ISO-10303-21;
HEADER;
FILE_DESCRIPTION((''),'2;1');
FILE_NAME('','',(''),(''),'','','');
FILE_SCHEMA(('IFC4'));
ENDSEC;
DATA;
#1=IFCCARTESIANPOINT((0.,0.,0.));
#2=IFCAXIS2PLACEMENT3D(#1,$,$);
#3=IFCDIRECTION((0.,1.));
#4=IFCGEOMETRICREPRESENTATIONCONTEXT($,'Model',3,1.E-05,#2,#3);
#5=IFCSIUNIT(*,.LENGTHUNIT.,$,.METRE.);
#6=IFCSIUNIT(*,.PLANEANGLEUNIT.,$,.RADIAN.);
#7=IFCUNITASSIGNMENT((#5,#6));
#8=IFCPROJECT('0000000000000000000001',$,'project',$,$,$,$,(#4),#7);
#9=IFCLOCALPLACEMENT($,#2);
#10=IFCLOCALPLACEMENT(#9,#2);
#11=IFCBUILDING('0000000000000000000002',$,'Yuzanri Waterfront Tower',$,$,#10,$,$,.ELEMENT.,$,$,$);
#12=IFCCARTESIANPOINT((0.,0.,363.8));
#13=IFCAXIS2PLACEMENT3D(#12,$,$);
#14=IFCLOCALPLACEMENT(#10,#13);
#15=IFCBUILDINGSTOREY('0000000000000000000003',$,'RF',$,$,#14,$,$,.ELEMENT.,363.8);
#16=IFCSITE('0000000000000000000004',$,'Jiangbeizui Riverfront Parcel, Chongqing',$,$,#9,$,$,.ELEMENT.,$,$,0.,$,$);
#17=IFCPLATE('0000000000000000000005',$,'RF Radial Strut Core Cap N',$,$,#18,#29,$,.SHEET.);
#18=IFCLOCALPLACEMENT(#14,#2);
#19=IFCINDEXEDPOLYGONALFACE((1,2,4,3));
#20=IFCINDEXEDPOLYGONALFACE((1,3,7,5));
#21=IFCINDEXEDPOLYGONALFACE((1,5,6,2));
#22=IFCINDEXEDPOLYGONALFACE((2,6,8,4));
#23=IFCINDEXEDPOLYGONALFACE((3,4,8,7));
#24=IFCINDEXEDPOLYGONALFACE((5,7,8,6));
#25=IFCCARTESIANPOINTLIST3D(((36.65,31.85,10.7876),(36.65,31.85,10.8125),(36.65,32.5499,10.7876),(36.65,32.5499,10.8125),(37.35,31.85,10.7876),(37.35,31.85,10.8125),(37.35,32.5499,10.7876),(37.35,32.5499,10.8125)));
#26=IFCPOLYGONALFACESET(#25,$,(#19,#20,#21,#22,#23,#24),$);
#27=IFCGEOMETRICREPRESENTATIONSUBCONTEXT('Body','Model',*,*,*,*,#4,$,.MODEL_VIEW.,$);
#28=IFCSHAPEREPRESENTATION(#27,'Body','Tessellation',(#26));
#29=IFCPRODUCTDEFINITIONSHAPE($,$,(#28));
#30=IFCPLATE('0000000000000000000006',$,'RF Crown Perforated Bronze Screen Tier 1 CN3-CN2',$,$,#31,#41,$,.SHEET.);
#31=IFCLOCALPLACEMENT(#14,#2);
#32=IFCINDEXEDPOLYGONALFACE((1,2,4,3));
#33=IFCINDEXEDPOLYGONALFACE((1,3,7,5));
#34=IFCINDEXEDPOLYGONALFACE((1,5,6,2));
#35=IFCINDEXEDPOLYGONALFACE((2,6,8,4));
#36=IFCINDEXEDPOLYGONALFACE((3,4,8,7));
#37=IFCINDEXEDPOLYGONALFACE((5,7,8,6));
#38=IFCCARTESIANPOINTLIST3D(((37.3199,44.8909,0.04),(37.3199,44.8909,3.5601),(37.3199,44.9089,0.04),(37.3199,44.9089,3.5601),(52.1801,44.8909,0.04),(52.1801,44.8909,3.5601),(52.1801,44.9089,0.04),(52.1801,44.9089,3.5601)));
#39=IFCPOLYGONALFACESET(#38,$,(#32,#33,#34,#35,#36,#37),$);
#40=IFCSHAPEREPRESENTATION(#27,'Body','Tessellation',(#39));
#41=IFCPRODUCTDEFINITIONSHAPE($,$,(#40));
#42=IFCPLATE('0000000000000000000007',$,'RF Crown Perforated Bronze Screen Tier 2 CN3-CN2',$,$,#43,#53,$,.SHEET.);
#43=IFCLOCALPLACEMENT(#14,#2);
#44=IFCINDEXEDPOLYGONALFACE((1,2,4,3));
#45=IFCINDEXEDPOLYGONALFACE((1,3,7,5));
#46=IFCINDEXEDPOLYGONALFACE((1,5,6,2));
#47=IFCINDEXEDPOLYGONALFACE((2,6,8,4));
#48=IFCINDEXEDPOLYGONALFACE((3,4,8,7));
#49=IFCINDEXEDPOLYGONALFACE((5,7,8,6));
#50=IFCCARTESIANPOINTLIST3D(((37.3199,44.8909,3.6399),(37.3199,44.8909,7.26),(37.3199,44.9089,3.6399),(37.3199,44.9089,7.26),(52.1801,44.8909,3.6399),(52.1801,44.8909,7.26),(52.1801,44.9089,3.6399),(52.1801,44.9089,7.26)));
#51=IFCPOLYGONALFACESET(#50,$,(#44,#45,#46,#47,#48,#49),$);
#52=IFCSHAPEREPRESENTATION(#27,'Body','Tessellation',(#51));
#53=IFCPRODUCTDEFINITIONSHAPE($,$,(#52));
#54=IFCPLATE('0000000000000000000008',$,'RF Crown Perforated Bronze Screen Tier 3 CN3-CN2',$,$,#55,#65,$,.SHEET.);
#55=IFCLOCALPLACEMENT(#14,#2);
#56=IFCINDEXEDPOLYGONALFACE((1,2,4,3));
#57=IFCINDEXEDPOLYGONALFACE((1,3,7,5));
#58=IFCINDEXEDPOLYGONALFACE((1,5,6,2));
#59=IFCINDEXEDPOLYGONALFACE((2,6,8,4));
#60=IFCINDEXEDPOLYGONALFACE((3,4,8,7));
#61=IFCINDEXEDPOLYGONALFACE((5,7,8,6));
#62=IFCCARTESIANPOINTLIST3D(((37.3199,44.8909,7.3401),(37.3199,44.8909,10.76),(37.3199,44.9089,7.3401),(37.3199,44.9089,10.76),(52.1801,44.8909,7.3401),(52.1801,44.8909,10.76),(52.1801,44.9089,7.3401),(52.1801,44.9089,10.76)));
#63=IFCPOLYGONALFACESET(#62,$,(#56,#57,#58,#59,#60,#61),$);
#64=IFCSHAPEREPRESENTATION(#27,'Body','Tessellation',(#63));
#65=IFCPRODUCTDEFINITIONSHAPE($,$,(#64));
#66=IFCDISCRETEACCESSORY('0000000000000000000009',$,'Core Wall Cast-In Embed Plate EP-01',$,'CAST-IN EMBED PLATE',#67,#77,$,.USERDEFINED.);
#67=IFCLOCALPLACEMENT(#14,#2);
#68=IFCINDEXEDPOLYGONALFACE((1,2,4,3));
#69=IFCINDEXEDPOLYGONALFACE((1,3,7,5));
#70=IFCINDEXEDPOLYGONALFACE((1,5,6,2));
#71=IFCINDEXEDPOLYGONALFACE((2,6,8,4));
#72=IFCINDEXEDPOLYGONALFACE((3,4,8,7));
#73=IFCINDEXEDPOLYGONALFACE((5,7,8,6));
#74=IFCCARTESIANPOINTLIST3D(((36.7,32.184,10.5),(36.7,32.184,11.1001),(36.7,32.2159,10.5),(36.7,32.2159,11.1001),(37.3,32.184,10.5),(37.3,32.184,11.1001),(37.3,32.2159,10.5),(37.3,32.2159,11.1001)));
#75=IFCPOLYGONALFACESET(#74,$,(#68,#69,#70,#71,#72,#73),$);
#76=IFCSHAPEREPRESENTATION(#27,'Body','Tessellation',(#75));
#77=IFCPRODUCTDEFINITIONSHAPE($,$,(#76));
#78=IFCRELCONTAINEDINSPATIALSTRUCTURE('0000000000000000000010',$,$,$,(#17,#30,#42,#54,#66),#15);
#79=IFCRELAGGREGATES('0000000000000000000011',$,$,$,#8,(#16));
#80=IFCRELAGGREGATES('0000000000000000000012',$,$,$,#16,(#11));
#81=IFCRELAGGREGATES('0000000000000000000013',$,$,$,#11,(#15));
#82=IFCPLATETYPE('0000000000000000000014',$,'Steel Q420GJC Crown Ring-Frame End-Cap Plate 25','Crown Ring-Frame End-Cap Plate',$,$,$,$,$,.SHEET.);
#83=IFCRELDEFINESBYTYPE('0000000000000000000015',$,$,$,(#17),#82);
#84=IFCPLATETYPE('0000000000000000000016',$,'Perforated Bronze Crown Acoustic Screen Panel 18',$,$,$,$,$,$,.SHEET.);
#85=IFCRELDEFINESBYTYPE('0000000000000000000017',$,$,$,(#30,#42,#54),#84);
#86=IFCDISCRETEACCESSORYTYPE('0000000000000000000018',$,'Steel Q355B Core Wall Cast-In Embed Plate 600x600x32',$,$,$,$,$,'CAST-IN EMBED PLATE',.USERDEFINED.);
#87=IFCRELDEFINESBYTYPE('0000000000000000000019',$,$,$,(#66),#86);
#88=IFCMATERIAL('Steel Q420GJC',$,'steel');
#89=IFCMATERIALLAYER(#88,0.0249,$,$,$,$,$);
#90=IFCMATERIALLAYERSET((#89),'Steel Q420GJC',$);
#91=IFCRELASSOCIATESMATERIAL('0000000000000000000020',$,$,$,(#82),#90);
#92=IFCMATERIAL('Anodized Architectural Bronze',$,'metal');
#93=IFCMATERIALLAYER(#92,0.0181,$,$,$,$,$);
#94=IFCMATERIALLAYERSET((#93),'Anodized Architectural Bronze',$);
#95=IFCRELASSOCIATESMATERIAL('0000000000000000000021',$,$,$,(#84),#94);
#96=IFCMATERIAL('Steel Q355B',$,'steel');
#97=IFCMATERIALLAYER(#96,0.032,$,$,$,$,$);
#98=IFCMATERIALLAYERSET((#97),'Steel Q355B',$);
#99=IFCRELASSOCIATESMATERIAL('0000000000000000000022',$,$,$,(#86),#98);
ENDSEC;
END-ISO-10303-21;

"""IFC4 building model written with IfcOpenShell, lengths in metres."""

from ifc_helpers import new_model, si_unit, direction, frame, origin, origin_2d, place, context, subcontext, project, spatial, rectangle, extrude, source, transform, mapped, material, layer, layer_set, type_object, element, save


model = new_model("IFC4")

# Units and contexts
model_context = context("Model", 3, precision=1e-05, world=origin(), true_north=direction((0.0, 1.0)))
body_context = subcontext(model_context, "Body", "Model", "MODEL_VIEW")
ifc_project = project(units=[si_unit("LENGTHUNIT", "METRE"), si_unit("PLANEANGLEUNIT", "RADIAN")], contexts=[model_context])

# Site, building, storey
site_placement = place(None, origin())
site = spatial("IfcSite", under=ifc_project, at=site_placement, Name="Jiangbeizui Riverfront Parcel, Chongqing", CompositionType="ELEMENT", RefElevation=0.0)
building_placement = place(site_placement, origin())
building = spatial("IfcBuilding", under=site, at=building_placement, Name="Yuzanri Waterfront Tower", CompositionType="ELEMENT")
storey_placement = place(building_placement, frame((0.0, 0.0, 363.8)))
storey = spatial("IfcBuildingStorey", under=building, at=storey_placement, Name="RF", CompositionType="ELEMENT", Elevation=363.8)

# Plates
ifc_material_1 = material(Name="Steel Q420GJC", Category="steel")
ifc_layer_1 = layer(ifc_material_1, 0.0249)
ifc_layer_set_1 = layer_set([ifc_layer_1], Name="Steel Q420GJC")
plate_type_1 = type_object("IfcPlateType", Name="Steel Q420GJC Crown Ring-Frame End-Cap Plate 25", Description="Crown Ring-Frame End-Cap Plate", PredefinedType="SHEET", material=ifc_layer_set_1)
shared_shape_1 = source(origin(), body_context, "Body", "SweptSolid", [
    extrude(rectangle(XDim=0.7, YDim=0.7, at=origin_2d()), origin(), (0.0, 0.0, 1.0), 0.0249),
])
for number, where, z_axis, x_axis, name in (
    (1, (37.0, 32.2, 10.7876), (0.0, 0.0, 1.0), (1.0, 0.0, 0.0), "RF Radial Strut Core Cap N"),
):
    element("IfcPlate", number, at=place(storey_placement, frame(where, z_axis=z_axis, x_axis=x_axis)), inside=storey, type_object=plate_type_1, Name=name, PredefinedType="SHEET", context=body_context, shape_type="MappedRepresentation", body=[
        mapped(shared_shape_1, transform((0.0, 0.0, 0.0), scale=1.0)),
    ])
ifc_material_2 = material(Name="Anodized Architectural Bronze", Category="metal")
ifc_layer_2 = layer(ifc_material_2, 0.0181)
ifc_layer_set_2 = layer_set([ifc_layer_2], Name="Anodized Architectural Bronze")
plate_type_2 = type_object("IfcPlateType", Name="Perforated Bronze Crown Acoustic Screen Panel 18", PredefinedType="SHEET", material=ifc_layer_set_2)
shared_shape_2 = source(origin(), body_context, "Body", "SweptSolid", [
    extrude(rectangle(XDim=14.8601, YDim=0.0181, at=origin_2d()), origin(), (0.0, 0.0, 1.0), 3.52),
])
plate_1_placement = place(storey_placement, frame((44.75, 44.8999, 0.04), z_axis=(0.0, 0.0, 1.0), x_axis=(-1.0, 0.0, 0.0)))
element("IfcPlate", 2, at=plate_1_placement, inside=storey, type_object=plate_type_2, Name="RF Crown Perforated Bronze Screen Tier 1 CN3-CN2", PredefinedType="SHEET", context=body_context, shape_type="MappedRepresentation", body=[
    mapped(shared_shape_2, transform((0.0, 0.0, 0.0), scale=1.0)),
])
shared_shape_3 = source(origin(), body_context, "Body", "SweptSolid", [
    extrude(rectangle(XDim=14.8601, YDim=0.0181, at=origin_2d()), origin(), (0.0, 0.0, 1.0), 3.6201),
])
plate_2_placement = place(storey_placement, frame((44.75, 44.8999, 3.6399), z_axis=(0.0, 0.0, 1.0), x_axis=(-1.0, 0.0, 0.0)))
element("IfcPlate", 3, at=plate_2_placement, inside=storey, type_object=plate_type_2, Name="RF Crown Perforated Bronze Screen Tier 2 CN3-CN2", PredefinedType="SHEET", context=body_context, shape_type="MappedRepresentation", body=[
    mapped(shared_shape_3, transform((0.0, 0.0, 0.0), scale=1.0)),
])
shared_shape_4 = source(origin(), body_context, "Body", "SweptSolid", [
    extrude(rectangle(XDim=14.8601, YDim=0.0181, at=origin_2d()), origin(), (0.0, 0.0, 1.0), 3.4199),
])
plate_3_placement = place(storey_placement, frame((44.75, 44.8999, 7.3401), z_axis=(0.0, 0.0, 1.0), x_axis=(-1.0, 0.0, 0.0)))
element("IfcPlate", 4, at=plate_3_placement, inside=storey, type_object=plate_type_2, Name="RF Crown Perforated Bronze Screen Tier 3 CN3-CN2", PredefinedType="SHEET", context=body_context, shape_type="MappedRepresentation", body=[
    mapped(shared_shape_4, transform((0.0, 0.0, 0.0), scale=1.0)),
])

# Discrete accessory
ifc_material_3 = material(Name="Steel Q355B", Category="steel")
ifc_layer_3 = layer(ifc_material_3, 0.032)
ifc_layer_set_3 = layer_set([ifc_layer_3], Name="Steel Q355B")
discrete_accessory_type = type_object("IfcDiscreteAccessoryType", Name="Steel Q355B Core Wall Cast-In Embed Plate 600x600x32", ElementType="CAST-IN EMBED PLATE", PredefinedType="USERDEFINED", material=ifc_layer_set_3)
shared_shape_5 = source(origin(), body_context, "Body", "SweptSolid", [
    extrude(rectangle(XDim=0.6001, YDim=0.032, at=origin_2d()), origin(), (0.0, 0.0, 1.0), 0.6001),
])
discrete_accessory_placement = place(storey_placement, frame((37.0, 32.2, 10.5), z_axis=(0.0, 0.0, 1.0), x_axis=(1.0, 0.0, 0.0)))
element("IfcDiscreteAccessory", 5, at=discrete_accessory_placement, inside=storey, type_object=discrete_accessory_type, Name="Core Wall Cast-In Embed Plate EP-01", ObjectType="CAST-IN EMBED PLATE", PredefinedType="USERDEFINED", context=body_context, shape_type="MappedRepresentation", body=[
    mapped(shared_shape_5, transform((0.0, 0.0, 0.0), scale=1.0)),
])

save(model, "model.ifc")
